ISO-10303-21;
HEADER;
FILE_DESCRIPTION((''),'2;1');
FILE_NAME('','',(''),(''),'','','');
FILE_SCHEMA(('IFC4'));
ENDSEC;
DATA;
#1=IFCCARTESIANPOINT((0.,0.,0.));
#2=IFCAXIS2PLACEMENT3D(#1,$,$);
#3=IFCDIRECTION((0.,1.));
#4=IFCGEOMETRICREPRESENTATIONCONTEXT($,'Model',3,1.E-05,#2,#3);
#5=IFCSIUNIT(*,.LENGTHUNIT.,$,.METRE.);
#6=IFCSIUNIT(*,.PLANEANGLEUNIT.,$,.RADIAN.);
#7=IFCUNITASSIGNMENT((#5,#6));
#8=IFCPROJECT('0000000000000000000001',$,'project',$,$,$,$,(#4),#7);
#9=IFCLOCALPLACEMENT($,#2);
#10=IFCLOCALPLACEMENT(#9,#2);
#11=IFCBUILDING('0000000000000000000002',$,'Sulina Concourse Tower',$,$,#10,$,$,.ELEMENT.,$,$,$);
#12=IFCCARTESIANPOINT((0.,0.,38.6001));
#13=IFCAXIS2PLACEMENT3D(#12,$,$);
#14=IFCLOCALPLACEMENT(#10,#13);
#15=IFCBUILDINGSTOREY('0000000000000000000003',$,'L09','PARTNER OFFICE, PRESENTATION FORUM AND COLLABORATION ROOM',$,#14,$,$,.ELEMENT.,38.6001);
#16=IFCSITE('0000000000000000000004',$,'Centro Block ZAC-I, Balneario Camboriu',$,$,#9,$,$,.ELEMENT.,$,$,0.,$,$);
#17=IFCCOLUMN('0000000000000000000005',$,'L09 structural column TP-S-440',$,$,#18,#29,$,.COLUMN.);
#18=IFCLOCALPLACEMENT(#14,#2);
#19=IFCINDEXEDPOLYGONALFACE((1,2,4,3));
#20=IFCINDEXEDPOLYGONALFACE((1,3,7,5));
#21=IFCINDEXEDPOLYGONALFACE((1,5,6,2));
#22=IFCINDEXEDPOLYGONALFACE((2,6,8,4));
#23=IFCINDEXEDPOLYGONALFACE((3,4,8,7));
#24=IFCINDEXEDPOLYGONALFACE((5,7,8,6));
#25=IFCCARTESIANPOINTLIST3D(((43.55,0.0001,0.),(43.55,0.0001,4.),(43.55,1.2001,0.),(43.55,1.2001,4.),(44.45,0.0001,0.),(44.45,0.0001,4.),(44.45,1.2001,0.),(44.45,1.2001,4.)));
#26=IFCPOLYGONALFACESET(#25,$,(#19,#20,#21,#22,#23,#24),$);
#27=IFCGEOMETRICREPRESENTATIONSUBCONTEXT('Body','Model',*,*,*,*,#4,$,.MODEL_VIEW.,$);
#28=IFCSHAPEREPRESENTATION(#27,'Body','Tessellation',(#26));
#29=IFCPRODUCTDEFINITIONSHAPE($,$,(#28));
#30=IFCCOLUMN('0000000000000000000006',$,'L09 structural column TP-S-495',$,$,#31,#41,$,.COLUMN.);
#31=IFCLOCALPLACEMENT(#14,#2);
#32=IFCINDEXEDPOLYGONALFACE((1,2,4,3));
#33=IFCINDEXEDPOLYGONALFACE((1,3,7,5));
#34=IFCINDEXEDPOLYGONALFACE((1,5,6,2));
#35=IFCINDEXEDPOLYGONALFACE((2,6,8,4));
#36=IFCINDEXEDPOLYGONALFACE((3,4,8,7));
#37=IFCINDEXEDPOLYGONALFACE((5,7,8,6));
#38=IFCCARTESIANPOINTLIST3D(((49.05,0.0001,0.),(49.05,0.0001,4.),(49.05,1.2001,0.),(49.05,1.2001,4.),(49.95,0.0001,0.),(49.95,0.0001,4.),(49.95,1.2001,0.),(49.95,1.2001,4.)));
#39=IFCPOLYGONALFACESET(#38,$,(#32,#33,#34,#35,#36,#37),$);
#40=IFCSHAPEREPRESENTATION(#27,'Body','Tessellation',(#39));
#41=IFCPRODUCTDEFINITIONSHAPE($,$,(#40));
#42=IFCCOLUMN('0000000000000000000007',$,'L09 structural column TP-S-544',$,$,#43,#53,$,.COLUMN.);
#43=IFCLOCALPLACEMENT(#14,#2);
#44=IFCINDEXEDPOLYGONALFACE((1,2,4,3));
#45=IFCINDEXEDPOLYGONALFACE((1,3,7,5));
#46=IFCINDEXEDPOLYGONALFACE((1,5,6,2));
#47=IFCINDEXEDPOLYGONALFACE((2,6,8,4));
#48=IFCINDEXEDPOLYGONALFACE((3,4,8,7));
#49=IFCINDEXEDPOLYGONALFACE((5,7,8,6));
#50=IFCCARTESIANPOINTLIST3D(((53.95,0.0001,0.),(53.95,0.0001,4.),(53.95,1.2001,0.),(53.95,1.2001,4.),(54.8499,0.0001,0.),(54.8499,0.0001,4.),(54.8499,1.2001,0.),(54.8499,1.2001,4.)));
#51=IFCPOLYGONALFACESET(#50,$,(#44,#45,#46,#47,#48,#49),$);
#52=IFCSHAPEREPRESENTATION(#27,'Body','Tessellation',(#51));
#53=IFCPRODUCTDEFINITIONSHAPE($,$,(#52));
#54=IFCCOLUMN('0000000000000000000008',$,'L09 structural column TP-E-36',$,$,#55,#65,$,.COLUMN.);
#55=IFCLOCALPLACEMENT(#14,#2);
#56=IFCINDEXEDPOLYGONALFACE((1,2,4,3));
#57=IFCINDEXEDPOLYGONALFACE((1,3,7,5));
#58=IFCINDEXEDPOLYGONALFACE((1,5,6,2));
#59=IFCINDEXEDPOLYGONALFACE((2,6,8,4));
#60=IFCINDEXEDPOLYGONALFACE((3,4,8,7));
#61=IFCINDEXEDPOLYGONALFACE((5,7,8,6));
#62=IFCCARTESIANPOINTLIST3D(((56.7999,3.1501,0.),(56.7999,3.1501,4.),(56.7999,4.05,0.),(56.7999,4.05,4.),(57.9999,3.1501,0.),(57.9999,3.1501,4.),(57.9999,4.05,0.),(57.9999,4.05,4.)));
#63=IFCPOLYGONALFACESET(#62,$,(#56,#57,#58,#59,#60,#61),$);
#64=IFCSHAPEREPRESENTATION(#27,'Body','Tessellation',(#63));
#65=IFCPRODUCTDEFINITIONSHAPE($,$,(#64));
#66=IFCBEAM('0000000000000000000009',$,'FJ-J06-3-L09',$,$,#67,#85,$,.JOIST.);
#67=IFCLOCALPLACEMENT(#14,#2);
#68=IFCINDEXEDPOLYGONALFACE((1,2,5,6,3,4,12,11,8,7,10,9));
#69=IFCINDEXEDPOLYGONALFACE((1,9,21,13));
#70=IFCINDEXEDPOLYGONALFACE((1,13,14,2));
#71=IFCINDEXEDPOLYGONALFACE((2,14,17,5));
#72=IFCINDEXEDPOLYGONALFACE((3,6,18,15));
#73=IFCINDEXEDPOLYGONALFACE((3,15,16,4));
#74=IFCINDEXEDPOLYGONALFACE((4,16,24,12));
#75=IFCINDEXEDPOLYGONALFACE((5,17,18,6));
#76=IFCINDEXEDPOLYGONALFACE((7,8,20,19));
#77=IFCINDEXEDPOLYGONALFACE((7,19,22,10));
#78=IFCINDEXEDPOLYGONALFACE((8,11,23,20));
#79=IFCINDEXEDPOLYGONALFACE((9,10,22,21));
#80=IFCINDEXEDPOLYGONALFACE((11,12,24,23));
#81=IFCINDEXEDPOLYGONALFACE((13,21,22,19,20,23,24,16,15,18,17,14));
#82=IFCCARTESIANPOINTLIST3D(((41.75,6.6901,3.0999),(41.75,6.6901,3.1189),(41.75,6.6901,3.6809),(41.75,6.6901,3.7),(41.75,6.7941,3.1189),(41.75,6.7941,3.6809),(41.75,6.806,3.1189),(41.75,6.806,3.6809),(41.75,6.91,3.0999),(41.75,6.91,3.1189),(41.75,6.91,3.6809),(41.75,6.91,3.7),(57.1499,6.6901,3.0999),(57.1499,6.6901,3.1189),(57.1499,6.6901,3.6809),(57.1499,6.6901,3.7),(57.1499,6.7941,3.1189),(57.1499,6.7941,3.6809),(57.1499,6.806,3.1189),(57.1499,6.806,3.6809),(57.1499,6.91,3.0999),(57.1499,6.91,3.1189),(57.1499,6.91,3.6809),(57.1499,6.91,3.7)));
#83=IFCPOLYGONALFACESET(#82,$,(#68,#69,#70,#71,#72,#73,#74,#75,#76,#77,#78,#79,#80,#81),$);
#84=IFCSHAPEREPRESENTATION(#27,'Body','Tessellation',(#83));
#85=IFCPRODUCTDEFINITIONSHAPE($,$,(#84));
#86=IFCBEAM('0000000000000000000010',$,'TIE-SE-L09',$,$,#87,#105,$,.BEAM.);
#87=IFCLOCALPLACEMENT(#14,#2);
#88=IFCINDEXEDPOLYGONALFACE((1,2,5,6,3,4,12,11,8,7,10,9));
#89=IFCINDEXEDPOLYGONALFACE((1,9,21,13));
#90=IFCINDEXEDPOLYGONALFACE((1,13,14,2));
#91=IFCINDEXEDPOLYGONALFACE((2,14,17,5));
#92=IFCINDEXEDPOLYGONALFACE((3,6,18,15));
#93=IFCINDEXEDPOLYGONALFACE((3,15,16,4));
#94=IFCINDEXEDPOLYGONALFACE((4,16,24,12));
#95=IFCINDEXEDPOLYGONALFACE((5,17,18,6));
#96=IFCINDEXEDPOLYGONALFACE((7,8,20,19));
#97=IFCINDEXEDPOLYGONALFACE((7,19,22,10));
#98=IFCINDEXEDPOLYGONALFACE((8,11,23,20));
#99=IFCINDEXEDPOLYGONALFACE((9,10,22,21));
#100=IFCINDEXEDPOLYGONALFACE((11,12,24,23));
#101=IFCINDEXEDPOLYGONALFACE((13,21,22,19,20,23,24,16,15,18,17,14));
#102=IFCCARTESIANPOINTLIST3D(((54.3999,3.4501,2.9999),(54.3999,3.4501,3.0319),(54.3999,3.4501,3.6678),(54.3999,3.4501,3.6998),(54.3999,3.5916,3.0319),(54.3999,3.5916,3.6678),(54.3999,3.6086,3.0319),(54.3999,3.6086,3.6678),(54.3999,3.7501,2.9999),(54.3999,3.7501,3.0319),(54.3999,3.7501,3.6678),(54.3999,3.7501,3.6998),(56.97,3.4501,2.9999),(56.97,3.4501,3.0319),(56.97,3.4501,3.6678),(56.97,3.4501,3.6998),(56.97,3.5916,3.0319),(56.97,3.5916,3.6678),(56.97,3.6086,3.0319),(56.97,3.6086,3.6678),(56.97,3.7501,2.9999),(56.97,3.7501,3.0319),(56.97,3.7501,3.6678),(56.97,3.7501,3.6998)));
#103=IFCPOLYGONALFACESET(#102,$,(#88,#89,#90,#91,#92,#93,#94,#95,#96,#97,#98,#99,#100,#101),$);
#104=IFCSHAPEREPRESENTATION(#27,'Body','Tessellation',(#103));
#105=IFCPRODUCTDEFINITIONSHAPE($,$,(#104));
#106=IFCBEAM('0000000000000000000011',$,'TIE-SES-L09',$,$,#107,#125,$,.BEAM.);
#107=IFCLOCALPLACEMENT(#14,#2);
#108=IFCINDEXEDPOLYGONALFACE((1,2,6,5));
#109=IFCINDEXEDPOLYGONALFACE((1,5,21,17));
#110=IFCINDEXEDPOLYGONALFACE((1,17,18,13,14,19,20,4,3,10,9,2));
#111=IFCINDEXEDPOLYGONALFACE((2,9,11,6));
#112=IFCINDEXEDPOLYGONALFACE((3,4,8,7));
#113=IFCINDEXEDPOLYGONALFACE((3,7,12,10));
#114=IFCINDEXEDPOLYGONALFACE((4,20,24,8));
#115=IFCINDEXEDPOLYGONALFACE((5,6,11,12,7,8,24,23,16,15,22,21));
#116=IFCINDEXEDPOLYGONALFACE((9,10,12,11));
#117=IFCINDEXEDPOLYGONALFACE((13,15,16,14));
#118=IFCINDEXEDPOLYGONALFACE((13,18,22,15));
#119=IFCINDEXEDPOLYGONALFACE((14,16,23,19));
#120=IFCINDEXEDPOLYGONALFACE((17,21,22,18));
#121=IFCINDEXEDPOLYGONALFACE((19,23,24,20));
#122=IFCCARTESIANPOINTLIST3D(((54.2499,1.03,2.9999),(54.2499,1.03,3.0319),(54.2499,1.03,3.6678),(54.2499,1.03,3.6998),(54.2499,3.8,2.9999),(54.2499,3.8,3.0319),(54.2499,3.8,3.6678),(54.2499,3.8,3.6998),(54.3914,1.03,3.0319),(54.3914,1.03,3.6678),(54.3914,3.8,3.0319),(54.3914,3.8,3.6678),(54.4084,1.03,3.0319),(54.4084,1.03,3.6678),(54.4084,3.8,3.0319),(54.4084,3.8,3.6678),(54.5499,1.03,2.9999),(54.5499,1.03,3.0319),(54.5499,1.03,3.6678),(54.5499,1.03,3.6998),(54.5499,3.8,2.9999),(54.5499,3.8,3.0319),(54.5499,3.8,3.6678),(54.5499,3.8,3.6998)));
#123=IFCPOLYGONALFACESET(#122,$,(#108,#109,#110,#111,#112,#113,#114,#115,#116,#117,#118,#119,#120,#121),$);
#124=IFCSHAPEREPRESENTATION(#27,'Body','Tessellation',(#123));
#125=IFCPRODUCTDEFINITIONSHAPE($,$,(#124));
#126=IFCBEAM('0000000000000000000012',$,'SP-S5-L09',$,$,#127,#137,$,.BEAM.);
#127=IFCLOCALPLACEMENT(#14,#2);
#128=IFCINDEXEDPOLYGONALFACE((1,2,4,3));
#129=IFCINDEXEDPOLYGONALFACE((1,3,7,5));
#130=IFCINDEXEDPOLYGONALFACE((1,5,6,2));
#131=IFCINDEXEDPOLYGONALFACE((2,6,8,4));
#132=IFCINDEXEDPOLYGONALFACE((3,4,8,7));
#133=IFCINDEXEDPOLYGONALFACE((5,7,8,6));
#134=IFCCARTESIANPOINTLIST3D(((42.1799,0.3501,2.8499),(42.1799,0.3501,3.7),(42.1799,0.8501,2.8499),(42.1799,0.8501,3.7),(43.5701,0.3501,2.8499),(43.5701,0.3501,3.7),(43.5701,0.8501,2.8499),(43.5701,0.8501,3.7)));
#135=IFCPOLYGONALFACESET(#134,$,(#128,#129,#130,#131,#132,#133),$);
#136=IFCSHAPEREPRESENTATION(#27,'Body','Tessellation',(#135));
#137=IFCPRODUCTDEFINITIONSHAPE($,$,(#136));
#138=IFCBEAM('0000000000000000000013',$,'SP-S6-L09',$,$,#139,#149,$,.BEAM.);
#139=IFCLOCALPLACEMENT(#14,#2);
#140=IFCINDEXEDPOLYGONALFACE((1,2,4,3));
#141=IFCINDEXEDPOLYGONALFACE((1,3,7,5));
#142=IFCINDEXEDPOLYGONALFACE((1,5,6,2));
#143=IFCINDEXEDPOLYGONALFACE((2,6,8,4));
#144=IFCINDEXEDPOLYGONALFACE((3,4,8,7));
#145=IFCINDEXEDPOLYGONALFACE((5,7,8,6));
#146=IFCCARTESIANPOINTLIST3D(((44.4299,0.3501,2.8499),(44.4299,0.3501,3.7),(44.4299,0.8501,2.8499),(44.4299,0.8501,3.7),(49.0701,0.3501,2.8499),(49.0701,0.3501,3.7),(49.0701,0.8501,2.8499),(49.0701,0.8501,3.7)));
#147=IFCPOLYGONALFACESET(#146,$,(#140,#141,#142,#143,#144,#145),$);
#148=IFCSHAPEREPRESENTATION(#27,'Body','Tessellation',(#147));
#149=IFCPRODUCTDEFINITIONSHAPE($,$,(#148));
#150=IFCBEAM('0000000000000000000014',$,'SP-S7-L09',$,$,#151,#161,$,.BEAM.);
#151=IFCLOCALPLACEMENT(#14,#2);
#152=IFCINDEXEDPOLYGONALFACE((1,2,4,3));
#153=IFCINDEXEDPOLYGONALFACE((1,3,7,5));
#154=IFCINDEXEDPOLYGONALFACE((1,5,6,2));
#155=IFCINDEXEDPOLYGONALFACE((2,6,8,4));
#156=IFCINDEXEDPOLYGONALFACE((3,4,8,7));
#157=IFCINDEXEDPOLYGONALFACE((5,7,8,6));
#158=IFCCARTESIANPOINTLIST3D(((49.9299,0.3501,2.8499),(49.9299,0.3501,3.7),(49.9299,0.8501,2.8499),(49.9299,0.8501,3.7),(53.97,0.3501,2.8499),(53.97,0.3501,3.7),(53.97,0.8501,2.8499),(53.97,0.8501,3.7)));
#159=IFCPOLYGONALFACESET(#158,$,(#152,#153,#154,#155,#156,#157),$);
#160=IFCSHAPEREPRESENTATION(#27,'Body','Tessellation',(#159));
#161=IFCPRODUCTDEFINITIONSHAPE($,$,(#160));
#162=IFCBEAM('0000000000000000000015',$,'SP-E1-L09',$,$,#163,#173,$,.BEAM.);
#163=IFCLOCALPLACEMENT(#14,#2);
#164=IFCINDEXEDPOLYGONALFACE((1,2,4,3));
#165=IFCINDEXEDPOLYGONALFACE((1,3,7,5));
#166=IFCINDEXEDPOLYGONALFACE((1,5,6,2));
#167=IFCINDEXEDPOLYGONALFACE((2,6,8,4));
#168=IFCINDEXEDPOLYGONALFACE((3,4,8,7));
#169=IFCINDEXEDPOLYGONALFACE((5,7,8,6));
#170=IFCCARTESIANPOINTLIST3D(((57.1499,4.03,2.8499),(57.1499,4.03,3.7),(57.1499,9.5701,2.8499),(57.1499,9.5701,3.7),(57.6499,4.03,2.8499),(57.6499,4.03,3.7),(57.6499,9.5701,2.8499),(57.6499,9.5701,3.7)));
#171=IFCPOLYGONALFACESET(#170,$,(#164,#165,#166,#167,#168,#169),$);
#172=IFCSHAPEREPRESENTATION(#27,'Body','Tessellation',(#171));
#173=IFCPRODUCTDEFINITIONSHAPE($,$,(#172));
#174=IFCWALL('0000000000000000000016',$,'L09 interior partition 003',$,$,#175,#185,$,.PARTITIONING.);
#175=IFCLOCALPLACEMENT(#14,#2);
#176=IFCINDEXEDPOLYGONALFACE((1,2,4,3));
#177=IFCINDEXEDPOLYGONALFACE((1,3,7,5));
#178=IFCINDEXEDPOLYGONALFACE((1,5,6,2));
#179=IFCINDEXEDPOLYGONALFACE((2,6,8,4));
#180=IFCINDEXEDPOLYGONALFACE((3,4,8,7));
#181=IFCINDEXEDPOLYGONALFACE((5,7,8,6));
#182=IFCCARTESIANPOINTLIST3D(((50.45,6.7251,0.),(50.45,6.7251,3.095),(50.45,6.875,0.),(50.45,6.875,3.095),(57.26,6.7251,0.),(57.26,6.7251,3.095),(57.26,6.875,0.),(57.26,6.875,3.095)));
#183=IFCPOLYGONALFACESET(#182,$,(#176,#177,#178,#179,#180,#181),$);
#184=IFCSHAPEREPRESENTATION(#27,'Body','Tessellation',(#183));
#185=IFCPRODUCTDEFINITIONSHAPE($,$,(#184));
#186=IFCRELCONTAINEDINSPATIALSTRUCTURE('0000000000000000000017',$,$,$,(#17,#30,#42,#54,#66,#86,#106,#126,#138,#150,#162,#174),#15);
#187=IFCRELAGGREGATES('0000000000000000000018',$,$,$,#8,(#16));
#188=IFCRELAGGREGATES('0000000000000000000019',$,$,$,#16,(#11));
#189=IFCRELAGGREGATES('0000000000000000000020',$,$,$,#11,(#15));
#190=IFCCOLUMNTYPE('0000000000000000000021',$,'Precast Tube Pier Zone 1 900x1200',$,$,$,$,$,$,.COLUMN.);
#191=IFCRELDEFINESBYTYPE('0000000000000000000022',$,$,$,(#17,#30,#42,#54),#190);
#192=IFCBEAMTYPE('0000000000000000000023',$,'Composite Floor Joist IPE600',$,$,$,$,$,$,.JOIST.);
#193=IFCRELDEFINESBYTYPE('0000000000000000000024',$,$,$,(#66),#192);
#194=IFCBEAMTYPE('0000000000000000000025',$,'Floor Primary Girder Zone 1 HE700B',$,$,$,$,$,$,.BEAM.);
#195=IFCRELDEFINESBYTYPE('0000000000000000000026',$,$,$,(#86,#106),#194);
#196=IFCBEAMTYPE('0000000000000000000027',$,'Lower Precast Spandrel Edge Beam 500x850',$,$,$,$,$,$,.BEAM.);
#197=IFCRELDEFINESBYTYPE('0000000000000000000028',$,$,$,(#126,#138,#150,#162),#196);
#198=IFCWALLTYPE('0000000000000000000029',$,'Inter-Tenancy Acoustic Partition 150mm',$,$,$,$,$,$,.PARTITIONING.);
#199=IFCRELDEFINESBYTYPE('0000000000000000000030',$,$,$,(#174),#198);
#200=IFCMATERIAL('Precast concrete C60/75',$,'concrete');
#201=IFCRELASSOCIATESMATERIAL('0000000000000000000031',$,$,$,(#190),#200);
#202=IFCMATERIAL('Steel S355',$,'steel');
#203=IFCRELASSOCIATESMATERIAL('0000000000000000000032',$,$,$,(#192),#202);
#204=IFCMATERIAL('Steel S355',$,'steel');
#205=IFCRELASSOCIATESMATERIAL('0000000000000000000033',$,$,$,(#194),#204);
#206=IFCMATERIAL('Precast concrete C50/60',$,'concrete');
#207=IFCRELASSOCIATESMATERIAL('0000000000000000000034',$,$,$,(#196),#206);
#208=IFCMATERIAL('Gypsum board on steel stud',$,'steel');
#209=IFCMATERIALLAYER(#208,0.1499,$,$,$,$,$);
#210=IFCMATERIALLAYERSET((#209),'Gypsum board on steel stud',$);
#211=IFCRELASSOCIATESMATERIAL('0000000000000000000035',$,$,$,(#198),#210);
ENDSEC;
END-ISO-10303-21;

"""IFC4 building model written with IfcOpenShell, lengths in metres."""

from ifc_helpers import new_model, si_unit, direction, frame, frame_2d, origin, origin_2d, place, context, subcontext, project, spatial, rectangle, i_section, extrude, material, layer, layer_set, material_profile, profile_set, type_object, element, save


model = new_model("IFC4")

# Units and contexts
model_context = context("Model", 3, precision=1e-05, world=origin(), true_north=direction((0.0, 1.0)))
body_context = subcontext(model_context, "Body", "Model", "MODEL_VIEW")
ifc_project = project(units=[si_unit("LENGTHUNIT", "METRE"), si_unit("PLANEANGLEUNIT", "RADIAN")], contexts=[model_context])

# Site, building, storey
site_placement = place(None, origin())
site = spatial("IfcSite", under=ifc_project, at=site_placement, Name="Centro Block ZAC-I, Balneario Camboriu", CompositionType="ELEMENT", RefElevation=0.0)
building_placement = place(site_placement, origin())
building = spatial("IfcBuilding", under=site, at=building_placement, Name="Sulina Concourse Tower", CompositionType="ELEMENT")
storey_placement = place(building_placement, frame((0.0, 0.0, 38.6001)))
storey = spatial("IfcBuildingStorey", under=building, at=storey_placement, Name="L09", Description="PARTNER OFFICE, PRESENTATION FORUM AND COLLABORATION ROOM", CompositionType="ELEMENT", Elevation=38.6001)

# Columns
ifc_material_1 = material(Name="Precast concrete C60/75", Category="concrete")
ifc_material_profile_1 = material_profile(ifc_material_1, rectangle(XDim=0.8999, YDim=1.2, at=origin_2d()), Name="PC 900x1200")
ifc_profile_set_1 = profile_set([ifc_material_profile_1], Name="Precast concrete C60/75")
column_type = type_object("IfcColumnType", Name="Precast Tube Pier Zone 1 900x1200", PredefinedType="COLUMN", material=ifc_profile_set_1)
for number, where, z_axis, x_axis, name in (
    (1, (44.0, 0.6001, 0.0), (0.0, 0.0, 1.0), (1.0, 0.0, 0.0), "L09 structural column TP-S-440"),
    (2, (49.5, 0.6001, 0.0), (0.0, 0.0, 1.0), (1.0, 0.0, 0.0), "L09 structural column TP-S-495"),
    (3, (54.3999, 0.6001, 0.0), (0.0, 0.0, 1.0), (1.0, 0.0, 0.0), "L09 structural column TP-S-544"),
    (4, (57.3999, 3.6001, 0.0), (0.0, 0.0, 1.0), (0.0, 1.0, 0.0), "L09 structural column TP-E-36"),
):
    element("IfcColumn", number, at=place(storey_placement, frame(where, z_axis=z_axis, x_axis=x_axis)), inside=storey, type_object=column_type, Name=name, PredefinedType="COLUMN", context=body_context, shape_type="SweptSolid", body=[
        extrude(rectangle(XDim=0.8999, YDim=1.2, at=origin_2d()), origin(), (0.0, 0.0, 1.0), 4.0),
    ])

# Beams
ifc_material_2 = material(Name="Steel S355", Category="steel")
ifc_material_profile_2 = material_profile(ifc_material_2, i_section(OverallWidth=0.22, OverallDepth=0.6001, WebThickness=0.012, FlangeThickness=0.019, at=origin_2d()), Name="IPE 600")
ifc_profile_set_2 = profile_set([ifc_material_profile_2], Name="Steel S355")
beam_type_1 = type_object("IfcBeamType", Name="Composite Floor Joist IPE600", PredefinedType="JOIST", material=ifc_profile_set_2)
beam_1_placement = place(storey_placement, frame((41.75, 6.8, 3.3999), z_axis=(1.0, 0.0, 0.0), x_axis=(0.0, 1.0, 0.0)))
element("IfcBeam", 5, at=beam_1_placement, inside=storey, type_object=beam_type_1, Name="FJ-J06-3-L09", PredefinedType="JOIST", context=body_context, shape_type="SweptSolid", body=[
    extrude(i_section(OverallWidth=0.22, OverallDepth=0.6001, WebThickness=0.012, FlangeThickness=0.019, at=origin_2d()), origin(), (0.0, 0.0, 1.0), 15.3999),
])
ifc_material_3 = material(Name="Steel S355", Category="steel")
ifc_material_profile_3 = material_profile(ifc_material_3, i_section(OverallWidth=0.3, OverallDepth=0.7, WebThickness=0.0171, FlangeThickness=0.032, at=origin_2d()), Name="HE 700 B")
ifc_profile_set_3 = profile_set([ifc_material_profile_3], Name="Steel S355")
beam_type_2 = type_object("IfcBeamType", Name="Floor Primary Girder Zone 1 HE700B", PredefinedType="BEAM", material=ifc_profile_set_3)
beam_2_placement = place(storey_placement, frame((54.3999, 3.6001, 3.3499), z_axis=(1.0, 0.0, 0.0), x_axis=(0.0, 1.0, 0.0)))
element("IfcBeam", 6, at=beam_2_placement, inside=storey, type_object=beam_type_2, Name="TIE-SE-L09", PredefinedType="BEAM", context=body_context, shape_type="SweptSolid", body=[
    extrude(i_section(OverallWidth=0.3, OverallDepth=0.7, WebThickness=0.0171, FlangeThickness=0.032, at=origin_2d()), origin(), (0.0, 0.0, 1.0), 2.5701),
])
beam_3_placement = place(storey_placement, frame((54.3999, 1.03, 3.3499), z_axis=(0.0, 1.0, 0.0), x_axis=(-1.0, 0.0, 0.0)))
element("IfcBeam", 7, at=beam_3_placement, inside=storey, type_object=beam_type_2, Name="TIE-SES-L09", PredefinedType="BEAM", context=body_context, shape_type="SweptSolid", body=[
    extrude(i_section(OverallWidth=0.3, OverallDepth=0.7, WebThickness=0.0171, FlangeThickness=0.032, at=origin_2d()), origin(), (0.0, 0.0, 1.0), 2.77),
])
ifc_material_4 = material(Name="Precast concrete C50/60", Category="concrete")
ifc_material_profile_4 = material_profile(ifc_material_4, rectangle(XDim=0.5, YDim=0.8501, at=origin_2d()), Name="RC 500x850")
ifc_profile_set_4 = profile_set([ifc_material_profile_4], Name="Precast concrete C50/60")
beam_type_3 = type_object("IfcBeamType", Name="Lower Precast Spandrel Edge Beam 500x850", PredefinedType="BEAM", material=ifc_profile_set_4)
beam_4_placement = place(storey_placement, frame((42.1799, 0.6001, 3.2749), z_axis=(1.0, 0.0, 0.0), x_axis=(0.0, 1.0, 0.0)))
element("IfcBeam", 8, at=beam_4_placement, inside=storey, type_object=beam_type_3, Name="SP-S5-L09", PredefinedType="BEAM", context=body_context, shape_type="SweptSolid", body=[
    extrude(rectangle(XDim=0.5, YDim=0.8501, at=origin_2d()), origin(), (0.0, 0.0, 1.0), 1.3901),
])
beam_5_placement = place(storey_placement, frame((44.4299, 0.6001, 3.2749), z_axis=(1.0, 0.0, 0.0), x_axis=(0.0, 1.0, 0.0)))
element("IfcBeam", 9, at=beam_5_placement, inside=storey, type_object=beam_type_3, Name="SP-S6-L09", PredefinedType="BEAM", context=body_context, shape_type="SweptSolid", body=[
    extrude(rectangle(XDim=0.5, YDim=0.8501, at=origin_2d()), origin(), (0.0, 0.0, 1.0), 4.6401),
])
beam_6_placement = place(storey_placement, frame((49.9299, 0.6001, 3.2749), z_axis=(1.0, 0.0, 0.0), x_axis=(0.0, 1.0, 0.0)))
element("IfcBeam", 10, at=beam_6_placement, inside=storey, type_object=beam_type_3, Name="SP-S7-L09", PredefinedType="BEAM", context=body_context, shape_type="SweptSolid", body=[
    extrude(rectangle(XDim=0.5, YDim=0.8501, at=origin_2d()), origin(), (0.0, 0.0, 1.0), 4.04),
])
beam_7_placement = place(storey_placement, frame((57.3999, 4.03, 3.2749), z_axis=(0.0, 1.0, 0.0), x_axis=(-1.0, 0.0, 0.0)))
element("IfcBeam", 11, at=beam_7_placement, inside=storey, type_object=beam_type_3, Name="SP-E1-L09", PredefinedType="BEAM", context=body_context, shape_type="SweptSolid", body=[
    extrude(rectangle(XDim=0.5, YDim=0.8501, at=origin_2d()), origin(), (0.0, 0.0, 1.0), 5.54),
])

# Wall
ifc_material_5 = material(Name="Gypsum board on steel stud", Category="steel")
ifc_layer_1 = layer(ifc_material_5, 0.1499)
ifc_layer_set_1 = layer_set([ifc_layer_1], Name="Gypsum board on steel stud")
wall_type_1 = type_object("IfcWallType", Name="Inter-Tenancy Acoustic Partition 150mm", PredefinedType="PARTITIONING", material=ifc_layer_set_1)
wall_1_placement = place(storey_placement, frame((50.45, 6.8, 0.0), z_axis=(0.0, 0.0, 1.0), x_axis=(1.0, 0.0, 0.0)))
element("IfcWall", 12, at=wall_1_placement, inside=storey, type_object=wall_type_1, Name="L09 interior partition 003", PredefinedType="PARTITIONING", context=body_context, shape_type="SweptSolid", body=[
    extrude(rectangle(XDim=6.8101, YDim=0.1499, at=frame_2d((3.405, 0.0))), origin(), (0.0, 0.0, 1.0), 3.095),
])

save(model, "model.ifc")
